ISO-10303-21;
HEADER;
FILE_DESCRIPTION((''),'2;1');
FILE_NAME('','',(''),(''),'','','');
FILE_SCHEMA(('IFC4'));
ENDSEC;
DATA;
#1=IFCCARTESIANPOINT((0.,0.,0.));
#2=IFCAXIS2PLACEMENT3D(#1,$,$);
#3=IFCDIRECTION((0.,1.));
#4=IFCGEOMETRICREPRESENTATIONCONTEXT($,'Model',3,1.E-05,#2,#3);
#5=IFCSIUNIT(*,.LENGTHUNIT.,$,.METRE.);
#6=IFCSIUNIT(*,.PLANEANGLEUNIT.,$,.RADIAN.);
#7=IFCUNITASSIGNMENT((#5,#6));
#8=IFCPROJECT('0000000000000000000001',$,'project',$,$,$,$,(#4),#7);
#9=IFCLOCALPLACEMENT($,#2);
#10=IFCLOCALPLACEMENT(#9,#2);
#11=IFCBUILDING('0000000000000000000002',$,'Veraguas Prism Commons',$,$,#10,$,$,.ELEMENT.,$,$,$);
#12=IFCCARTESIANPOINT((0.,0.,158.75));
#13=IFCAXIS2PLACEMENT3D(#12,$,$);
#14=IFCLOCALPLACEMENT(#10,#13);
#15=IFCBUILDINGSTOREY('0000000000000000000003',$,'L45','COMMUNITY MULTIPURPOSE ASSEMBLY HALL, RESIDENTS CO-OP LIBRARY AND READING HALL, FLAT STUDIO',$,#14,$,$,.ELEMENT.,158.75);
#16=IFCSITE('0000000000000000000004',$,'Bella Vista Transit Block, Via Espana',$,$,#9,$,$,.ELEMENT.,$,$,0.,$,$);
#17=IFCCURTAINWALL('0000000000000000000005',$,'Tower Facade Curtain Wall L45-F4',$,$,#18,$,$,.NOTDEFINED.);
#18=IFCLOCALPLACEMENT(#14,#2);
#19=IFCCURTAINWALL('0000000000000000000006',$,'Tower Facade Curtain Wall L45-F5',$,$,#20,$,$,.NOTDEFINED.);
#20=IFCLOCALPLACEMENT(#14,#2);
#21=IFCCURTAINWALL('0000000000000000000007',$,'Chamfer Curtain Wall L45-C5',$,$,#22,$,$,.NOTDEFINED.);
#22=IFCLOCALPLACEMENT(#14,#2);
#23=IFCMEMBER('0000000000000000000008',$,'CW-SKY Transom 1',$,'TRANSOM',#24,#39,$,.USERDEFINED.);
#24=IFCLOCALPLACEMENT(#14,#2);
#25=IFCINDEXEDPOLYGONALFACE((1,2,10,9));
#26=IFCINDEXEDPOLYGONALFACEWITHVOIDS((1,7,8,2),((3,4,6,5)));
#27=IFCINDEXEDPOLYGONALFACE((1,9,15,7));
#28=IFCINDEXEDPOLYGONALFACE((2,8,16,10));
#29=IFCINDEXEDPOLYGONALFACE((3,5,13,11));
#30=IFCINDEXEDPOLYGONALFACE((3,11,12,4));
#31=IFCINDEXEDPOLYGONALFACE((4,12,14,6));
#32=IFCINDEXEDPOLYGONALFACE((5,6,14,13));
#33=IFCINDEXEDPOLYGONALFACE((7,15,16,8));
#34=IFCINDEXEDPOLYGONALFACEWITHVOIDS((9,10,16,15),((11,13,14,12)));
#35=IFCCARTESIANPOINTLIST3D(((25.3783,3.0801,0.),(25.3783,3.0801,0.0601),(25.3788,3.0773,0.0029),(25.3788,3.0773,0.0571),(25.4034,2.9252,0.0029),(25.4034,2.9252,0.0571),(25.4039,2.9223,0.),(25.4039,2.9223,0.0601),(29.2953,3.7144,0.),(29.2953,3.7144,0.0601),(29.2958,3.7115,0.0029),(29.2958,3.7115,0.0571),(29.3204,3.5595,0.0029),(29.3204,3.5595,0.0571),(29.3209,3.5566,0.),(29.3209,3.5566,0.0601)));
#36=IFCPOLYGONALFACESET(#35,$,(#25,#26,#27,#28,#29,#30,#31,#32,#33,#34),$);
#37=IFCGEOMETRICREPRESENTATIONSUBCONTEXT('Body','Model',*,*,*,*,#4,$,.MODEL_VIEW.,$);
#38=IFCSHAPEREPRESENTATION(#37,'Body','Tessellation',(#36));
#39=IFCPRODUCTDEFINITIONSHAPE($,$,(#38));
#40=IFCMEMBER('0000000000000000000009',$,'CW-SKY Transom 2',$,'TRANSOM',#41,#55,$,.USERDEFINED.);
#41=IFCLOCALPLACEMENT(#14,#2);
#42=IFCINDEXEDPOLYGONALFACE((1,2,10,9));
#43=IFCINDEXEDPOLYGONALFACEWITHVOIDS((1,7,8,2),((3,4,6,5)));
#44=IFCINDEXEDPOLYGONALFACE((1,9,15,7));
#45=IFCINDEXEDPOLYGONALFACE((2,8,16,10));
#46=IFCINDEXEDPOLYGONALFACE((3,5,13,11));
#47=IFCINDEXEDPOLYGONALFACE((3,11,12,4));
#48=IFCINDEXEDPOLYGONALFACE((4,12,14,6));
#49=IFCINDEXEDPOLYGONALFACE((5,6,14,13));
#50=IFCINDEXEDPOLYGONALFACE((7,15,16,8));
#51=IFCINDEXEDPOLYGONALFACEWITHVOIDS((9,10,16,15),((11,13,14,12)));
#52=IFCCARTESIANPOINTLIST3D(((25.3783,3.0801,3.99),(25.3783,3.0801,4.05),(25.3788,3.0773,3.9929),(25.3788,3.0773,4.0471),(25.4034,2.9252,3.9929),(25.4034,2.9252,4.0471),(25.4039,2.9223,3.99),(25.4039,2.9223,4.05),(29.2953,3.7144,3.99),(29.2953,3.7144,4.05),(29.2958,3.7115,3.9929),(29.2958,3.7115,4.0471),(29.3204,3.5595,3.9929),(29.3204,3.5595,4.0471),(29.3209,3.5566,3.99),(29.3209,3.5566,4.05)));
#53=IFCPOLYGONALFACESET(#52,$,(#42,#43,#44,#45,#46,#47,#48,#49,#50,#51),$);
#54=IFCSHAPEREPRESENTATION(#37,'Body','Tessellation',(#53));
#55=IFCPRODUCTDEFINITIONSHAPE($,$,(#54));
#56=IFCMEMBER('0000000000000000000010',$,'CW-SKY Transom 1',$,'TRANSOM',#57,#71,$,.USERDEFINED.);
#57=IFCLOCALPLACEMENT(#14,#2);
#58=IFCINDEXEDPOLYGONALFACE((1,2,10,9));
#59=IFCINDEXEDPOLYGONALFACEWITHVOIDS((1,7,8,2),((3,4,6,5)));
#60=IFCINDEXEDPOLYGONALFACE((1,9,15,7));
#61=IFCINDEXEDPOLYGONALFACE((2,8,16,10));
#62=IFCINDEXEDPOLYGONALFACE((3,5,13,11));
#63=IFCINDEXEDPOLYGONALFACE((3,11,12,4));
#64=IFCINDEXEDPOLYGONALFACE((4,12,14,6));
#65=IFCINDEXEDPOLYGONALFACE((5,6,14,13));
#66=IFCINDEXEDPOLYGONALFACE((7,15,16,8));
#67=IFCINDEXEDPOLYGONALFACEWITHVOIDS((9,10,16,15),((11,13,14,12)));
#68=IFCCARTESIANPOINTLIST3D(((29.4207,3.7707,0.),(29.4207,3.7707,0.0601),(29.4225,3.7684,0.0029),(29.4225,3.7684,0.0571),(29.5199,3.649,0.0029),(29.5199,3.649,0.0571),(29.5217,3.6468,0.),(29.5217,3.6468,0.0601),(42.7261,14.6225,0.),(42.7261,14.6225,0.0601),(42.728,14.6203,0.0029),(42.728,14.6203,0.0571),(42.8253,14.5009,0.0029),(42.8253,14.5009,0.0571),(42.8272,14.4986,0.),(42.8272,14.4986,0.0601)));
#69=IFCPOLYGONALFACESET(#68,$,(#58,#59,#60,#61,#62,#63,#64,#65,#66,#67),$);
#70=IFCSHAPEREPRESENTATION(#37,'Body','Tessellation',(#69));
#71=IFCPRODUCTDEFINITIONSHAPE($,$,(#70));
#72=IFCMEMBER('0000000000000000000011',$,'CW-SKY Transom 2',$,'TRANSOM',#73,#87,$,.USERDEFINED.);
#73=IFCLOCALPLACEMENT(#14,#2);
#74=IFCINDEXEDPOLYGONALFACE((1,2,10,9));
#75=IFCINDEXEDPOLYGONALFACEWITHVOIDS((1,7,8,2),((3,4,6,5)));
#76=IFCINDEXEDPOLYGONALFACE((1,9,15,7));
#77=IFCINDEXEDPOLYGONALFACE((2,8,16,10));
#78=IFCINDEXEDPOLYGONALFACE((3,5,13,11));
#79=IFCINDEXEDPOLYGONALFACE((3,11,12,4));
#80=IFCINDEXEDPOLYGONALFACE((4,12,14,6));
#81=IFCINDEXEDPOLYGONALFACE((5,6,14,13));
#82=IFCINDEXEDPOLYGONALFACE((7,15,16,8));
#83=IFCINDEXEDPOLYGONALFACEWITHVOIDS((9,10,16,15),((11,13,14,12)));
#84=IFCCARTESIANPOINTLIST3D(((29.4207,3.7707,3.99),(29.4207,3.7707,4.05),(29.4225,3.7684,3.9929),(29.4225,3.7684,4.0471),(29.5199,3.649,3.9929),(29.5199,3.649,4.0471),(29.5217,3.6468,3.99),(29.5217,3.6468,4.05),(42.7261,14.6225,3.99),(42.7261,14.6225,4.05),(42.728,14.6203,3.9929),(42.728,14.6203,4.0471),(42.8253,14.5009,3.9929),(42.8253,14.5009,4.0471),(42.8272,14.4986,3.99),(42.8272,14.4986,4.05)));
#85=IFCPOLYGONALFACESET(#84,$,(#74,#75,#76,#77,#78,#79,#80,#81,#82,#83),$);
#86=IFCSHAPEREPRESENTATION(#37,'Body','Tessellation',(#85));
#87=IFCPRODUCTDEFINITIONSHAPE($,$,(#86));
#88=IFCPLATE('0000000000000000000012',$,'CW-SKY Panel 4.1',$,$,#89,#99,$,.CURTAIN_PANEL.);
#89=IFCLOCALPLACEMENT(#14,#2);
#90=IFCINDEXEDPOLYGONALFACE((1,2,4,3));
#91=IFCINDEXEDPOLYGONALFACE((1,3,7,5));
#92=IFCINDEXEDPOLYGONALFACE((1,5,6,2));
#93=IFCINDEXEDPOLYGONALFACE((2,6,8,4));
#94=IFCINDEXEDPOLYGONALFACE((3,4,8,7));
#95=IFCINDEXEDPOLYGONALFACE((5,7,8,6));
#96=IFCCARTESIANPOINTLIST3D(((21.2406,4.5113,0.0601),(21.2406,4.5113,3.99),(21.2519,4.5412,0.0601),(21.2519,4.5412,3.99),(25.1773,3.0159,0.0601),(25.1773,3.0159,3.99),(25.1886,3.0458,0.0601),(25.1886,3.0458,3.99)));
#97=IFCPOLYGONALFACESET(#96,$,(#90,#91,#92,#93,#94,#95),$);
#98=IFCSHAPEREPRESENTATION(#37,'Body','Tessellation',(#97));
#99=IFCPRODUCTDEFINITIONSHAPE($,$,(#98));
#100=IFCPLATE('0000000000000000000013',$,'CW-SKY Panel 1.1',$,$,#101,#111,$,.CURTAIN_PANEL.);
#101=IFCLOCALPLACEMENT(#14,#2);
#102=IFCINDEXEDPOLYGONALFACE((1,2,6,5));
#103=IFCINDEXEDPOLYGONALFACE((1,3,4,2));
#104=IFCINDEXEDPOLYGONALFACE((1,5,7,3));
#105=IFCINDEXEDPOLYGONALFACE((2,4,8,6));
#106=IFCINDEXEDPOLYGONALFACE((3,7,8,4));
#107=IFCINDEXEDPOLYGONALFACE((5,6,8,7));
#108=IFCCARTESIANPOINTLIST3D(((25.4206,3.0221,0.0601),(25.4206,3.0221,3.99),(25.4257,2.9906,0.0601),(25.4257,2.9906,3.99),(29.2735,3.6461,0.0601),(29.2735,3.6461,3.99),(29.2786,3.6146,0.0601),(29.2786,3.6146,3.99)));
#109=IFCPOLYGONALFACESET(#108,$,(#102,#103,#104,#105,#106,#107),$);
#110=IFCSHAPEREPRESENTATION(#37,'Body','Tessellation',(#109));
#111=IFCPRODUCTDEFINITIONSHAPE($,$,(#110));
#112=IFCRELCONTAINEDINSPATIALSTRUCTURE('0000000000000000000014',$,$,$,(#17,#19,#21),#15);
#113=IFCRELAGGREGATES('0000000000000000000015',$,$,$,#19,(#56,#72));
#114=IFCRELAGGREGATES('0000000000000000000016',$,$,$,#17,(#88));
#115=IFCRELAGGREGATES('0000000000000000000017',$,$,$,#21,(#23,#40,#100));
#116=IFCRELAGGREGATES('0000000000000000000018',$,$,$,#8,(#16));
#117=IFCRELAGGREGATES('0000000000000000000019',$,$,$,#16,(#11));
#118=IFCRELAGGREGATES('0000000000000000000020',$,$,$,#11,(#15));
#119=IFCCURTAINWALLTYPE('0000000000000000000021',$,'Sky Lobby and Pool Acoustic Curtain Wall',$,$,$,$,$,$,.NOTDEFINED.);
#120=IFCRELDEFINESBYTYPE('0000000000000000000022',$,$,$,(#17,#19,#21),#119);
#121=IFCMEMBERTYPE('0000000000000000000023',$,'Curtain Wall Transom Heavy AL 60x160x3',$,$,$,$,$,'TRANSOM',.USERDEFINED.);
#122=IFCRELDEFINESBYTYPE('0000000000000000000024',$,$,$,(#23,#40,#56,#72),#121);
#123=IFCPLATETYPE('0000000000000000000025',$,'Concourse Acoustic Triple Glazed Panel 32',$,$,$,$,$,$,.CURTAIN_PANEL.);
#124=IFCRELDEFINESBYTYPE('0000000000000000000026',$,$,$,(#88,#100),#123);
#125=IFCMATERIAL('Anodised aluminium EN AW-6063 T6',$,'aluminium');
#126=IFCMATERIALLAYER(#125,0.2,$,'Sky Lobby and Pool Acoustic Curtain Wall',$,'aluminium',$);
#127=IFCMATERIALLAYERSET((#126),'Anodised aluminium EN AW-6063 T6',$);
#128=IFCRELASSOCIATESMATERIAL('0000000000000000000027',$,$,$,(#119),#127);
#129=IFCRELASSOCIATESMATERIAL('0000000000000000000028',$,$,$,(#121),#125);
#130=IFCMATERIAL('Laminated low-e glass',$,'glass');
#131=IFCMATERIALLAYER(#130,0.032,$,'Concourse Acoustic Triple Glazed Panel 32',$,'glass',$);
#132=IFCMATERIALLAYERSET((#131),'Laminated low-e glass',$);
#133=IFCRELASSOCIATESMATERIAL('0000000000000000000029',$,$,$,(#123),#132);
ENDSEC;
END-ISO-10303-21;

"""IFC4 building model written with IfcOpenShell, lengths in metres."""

from ifc_helpers import new_model, si_unit, direction, frame, origin, origin_2d, place, context, subcontext, project, spatial, rectangle, hollow_rectangle, extrude, source, transform, mapped, material, layer, layer_set, material_profile, profile_set, type_object, element, aggregate, save


model = new_model("IFC4")

# Units and contexts
model_context = context("Model", 3, precision=1e-05, world=origin(), true_north=direction((0.0, 1.0)))
body_context = subcontext(model_context, "Body", "Model", "MODEL_VIEW")
ifc_project = project(units=[si_unit("LENGTHUNIT", "METRE"), si_unit("PLANEANGLEUNIT", "RADIAN")], contexts=[model_context])

# Site, building, storey
site_placement = place(None, origin())
site = spatial("IfcSite", under=ifc_project, at=site_placement, Name="Bella Vista Transit Block, Via Espana", CompositionType="ELEMENT", RefElevation=0.0)
building_placement = place(site_placement, origin())
building = spatial("IfcBuilding", under=site, at=building_placement, Name="Veraguas Prism Commons", CompositionType="ELEMENT")
storey_placement = place(building_placement, frame((0.0, 0.0, 158.75)))
storey = spatial("IfcBuildingStorey", under=building, at=storey_placement, Name="L45", Description="COMMUNITY MULTIPURPOSE ASSEMBLY HALL, RESIDENTS CO-OP LIBRARY AND READING HALL, FLAT STUDIO", CompositionType="ELEMENT", Elevation=158.75)

# Curtain wall
ifc_material_1 = material(Name="Anodised aluminium EN AW-6063 T6", Category="aluminium")
ifc_layer_1 = layer(ifc_material_1, 0.2, Name="Sky Lobby and Pool Acoustic Curtain Wall", Category="aluminium")
ifc_layer_set_1 = layer_set([ifc_layer_1], Name="Anodised aluminium EN AW-6063 T6")
curtain_wall_type = type_object("IfcCurtainWallType", Name="Sky Lobby and Pool Acoustic Curtain Wall", PredefinedType="NOTDEFINED", material=ifc_layer_set_1)
curtain_wall_1_placement = place(storey_placement, origin())
curtain_wall_1 = element("IfcCurtainWall", 1, at=curtain_wall_1_placement, inside=storey, type_object=curtain_wall_type, Name="Tower Facade Curtain Wall L45-F4", PredefinedType="NOTDEFINED")

# Curtain wall
curtain_wall_2_placement = place(storey_placement, origin())
curtain_wall_2 = element("IfcCurtainWall", 2, at=curtain_wall_2_placement, inside=storey, type_object=curtain_wall_type, Name="Tower Facade Curtain Wall L45-F5", PredefinedType="NOTDEFINED")

# Curtain wall, members
curtain_wall_3_placement = place(storey_placement, origin())
curtain_wall_3 = element("IfcCurtainWall", 3, at=curtain_wall_3_placement, inside=storey, type_object=curtain_wall_type, Name="Chamfer Curtain Wall L45-C5", PredefinedType="NOTDEFINED")
ifc_material_profile_1 = material_profile(ifc_material_1, hollow_rectangle(XDim=0.0601, YDim=0.1599, WallThickness=0.0029, at=origin_2d()), Name="AL60X160X3")
ifc_profile_set_1 = profile_set([ifc_material_profile_1], Name="Anodised aluminium EN AW-6063 T6")
member_type_1 = type_object("IfcMemberType", Name="Curtain Wall Transom Heavy AL 60x160x3", ElementType="TRANSOM", PredefinedType="USERDEFINED", material=ifc_profile_set_1)
shared_shape_1 = source(origin(), body_context, "Body", "SweptSolid", [
    extrude(hollow_rectangle(XDim=0.0601, YDim=0.1599, WallThickness=0.0029, at=origin_2d()), origin(), (0.0, 0.0, 1.0), 3.968),
])
member_1_placement = place(storey_placement, frame((25.3911, 3.0012, 0.03), z_axis=(0.987142, 0.159848, 0.0), x_axis=(0.0, 0.0, 1.0)))
member_1 = element("IfcMember", 4, at=member_1_placement, type_object=member_type_1, Name="CW-SKY Transom 1", ObjectType="TRANSOM", PredefinedType="USERDEFINED", context=body_context, shape_type="MappedRepresentation", body=[
    mapped(shared_shape_1, transform((0.0, 0.0, 0.0), scale=1.0)),
])
member_2_placement = place(storey_placement, frame((25.3911, 3.0012, 4.02), z_axis=(0.987142, 0.159848, 0.0), x_axis=(0.0, 0.0, 1.0)))
member_2 = element("IfcMember", 5, at=member_2_placement, type_object=member_type_1, Name="CW-SKY Transom 2", ObjectType="TRANSOM", PredefinedType="USERDEFINED", context=body_context, shape_type="MappedRepresentation", body=[
    mapped(shared_shape_1, transform((0.0, 0.0, 0.0), scale=1.0)),
])

# Members
shared_shape_2 = source(origin(), body_context, "Body", "SweptSolid", [
    extrude(hollow_rectangle(XDim=0.0601, YDim=0.1599, WallThickness=0.0029, at=origin_2d()), origin(), (0.0, 0.0, 1.0), 17.1697),
])
member_3_placement = place(storey_placement, frame((29.4712, 3.7087, 0.03), z_axis=(0.77494, 0.632035, 0.0), x_axis=(0.0, 0.0, 1.0)))
member_3 = element("IfcMember", 6, at=member_3_placement, type_object=member_type_1, Name="CW-SKY Transom 1", ObjectType="TRANSOM", PredefinedType="USERDEFINED", context=body_context, shape_type="MappedRepresentation", body=[
    mapped(shared_shape_2, transform((0.0, 0.0, 0.0), scale=1.0)),
])
member_4_placement = place(storey_placement, frame((29.4712, 3.7087, 4.02), z_axis=(0.77494, 0.632035, 0.0), x_axis=(0.0, 0.0, 1.0)))
member_4 = element("IfcMember", 7, at=member_4_placement, type_object=member_type_1, Name="CW-SKY Transom 2", ObjectType="TRANSOM", PredefinedType="USERDEFINED", context=body_context, shape_type="MappedRepresentation", body=[
    mapped(shared_shape_2, transform((0.0, 0.0, 0.0), scale=1.0)),
])
aggregate(curtain_wall_2, [member_3, member_4])

# Plates
ifc_material_2 = material(Name="Laminated low-e glass", Category="glass")
ifc_layer_2 = layer(ifc_material_2, 0.032, Name="Concourse Acoustic Triple Glazed Panel 32", Category="glass")
ifc_layer_set_2 = layer_set([ifc_layer_2], Name="Laminated low-e glass")
plate_type = type_object("IfcPlateType", Name="Concourse Acoustic Triple Glazed Panel 32", PredefinedType="CURTAIN_PANEL", material=ifc_layer_set_2)
shared_shape_3 = source(origin(), body_context, "Body", "SweptSolid", [
    extrude(rectangle(XDim=4.2112, YDim=0.032, at=origin_2d()), origin(), (0.0, 0.0, 1.0), 3.9299),
])
plate_1_placement = place(storey_placement, frame((23.2146, 3.7786, 0.0601), z_axis=(0.0, 0.0, 1.0), x_axis=(0.934824, -0.35511, 0.0)))
plate_1 = element("IfcPlate", 8, at=plate_1_placement, type_object=plate_type, Name="CW-SKY Panel 4.1", PredefinedType="CURTAIN_PANEL", context=body_context, shape_type="MappedRepresentation", body=[
    mapped(shared_shape_3, transform((0.0, 0.0, 0.0), scale=1.0)),
])
aggregate(curtain_wall_1, [plate_1])
shared_shape_4 = source(origin(), body_context, "Body", "SweptSolid", [
    extrude(rectangle(XDim=3.9031, YDim=0.032, at=origin_2d()), origin(), (0.0, 0.0, 1.0), 3.9299),
])
plate_2_placement = place(storey_placement, frame((27.3496, 3.3184, 0.0601), z_axis=(0.0, 0.0, 1.0), x_axis=(0.987137, 0.159874, 0.0)))
plate_2 = element("IfcPlate", 9, at=plate_2_placement, type_object=plate_type, Name="CW-SKY Panel 1.1", PredefinedType="CURTAIN_PANEL", context=body_context, shape_type="MappedRepresentation", body=[
    mapped(shared_shape_4, transform((0.0, 0.0, 0.0), scale=1.0)),
])
aggregate(curtain_wall_3, [member_1, member_2, plate_2])

save(model, "model.ifc")
